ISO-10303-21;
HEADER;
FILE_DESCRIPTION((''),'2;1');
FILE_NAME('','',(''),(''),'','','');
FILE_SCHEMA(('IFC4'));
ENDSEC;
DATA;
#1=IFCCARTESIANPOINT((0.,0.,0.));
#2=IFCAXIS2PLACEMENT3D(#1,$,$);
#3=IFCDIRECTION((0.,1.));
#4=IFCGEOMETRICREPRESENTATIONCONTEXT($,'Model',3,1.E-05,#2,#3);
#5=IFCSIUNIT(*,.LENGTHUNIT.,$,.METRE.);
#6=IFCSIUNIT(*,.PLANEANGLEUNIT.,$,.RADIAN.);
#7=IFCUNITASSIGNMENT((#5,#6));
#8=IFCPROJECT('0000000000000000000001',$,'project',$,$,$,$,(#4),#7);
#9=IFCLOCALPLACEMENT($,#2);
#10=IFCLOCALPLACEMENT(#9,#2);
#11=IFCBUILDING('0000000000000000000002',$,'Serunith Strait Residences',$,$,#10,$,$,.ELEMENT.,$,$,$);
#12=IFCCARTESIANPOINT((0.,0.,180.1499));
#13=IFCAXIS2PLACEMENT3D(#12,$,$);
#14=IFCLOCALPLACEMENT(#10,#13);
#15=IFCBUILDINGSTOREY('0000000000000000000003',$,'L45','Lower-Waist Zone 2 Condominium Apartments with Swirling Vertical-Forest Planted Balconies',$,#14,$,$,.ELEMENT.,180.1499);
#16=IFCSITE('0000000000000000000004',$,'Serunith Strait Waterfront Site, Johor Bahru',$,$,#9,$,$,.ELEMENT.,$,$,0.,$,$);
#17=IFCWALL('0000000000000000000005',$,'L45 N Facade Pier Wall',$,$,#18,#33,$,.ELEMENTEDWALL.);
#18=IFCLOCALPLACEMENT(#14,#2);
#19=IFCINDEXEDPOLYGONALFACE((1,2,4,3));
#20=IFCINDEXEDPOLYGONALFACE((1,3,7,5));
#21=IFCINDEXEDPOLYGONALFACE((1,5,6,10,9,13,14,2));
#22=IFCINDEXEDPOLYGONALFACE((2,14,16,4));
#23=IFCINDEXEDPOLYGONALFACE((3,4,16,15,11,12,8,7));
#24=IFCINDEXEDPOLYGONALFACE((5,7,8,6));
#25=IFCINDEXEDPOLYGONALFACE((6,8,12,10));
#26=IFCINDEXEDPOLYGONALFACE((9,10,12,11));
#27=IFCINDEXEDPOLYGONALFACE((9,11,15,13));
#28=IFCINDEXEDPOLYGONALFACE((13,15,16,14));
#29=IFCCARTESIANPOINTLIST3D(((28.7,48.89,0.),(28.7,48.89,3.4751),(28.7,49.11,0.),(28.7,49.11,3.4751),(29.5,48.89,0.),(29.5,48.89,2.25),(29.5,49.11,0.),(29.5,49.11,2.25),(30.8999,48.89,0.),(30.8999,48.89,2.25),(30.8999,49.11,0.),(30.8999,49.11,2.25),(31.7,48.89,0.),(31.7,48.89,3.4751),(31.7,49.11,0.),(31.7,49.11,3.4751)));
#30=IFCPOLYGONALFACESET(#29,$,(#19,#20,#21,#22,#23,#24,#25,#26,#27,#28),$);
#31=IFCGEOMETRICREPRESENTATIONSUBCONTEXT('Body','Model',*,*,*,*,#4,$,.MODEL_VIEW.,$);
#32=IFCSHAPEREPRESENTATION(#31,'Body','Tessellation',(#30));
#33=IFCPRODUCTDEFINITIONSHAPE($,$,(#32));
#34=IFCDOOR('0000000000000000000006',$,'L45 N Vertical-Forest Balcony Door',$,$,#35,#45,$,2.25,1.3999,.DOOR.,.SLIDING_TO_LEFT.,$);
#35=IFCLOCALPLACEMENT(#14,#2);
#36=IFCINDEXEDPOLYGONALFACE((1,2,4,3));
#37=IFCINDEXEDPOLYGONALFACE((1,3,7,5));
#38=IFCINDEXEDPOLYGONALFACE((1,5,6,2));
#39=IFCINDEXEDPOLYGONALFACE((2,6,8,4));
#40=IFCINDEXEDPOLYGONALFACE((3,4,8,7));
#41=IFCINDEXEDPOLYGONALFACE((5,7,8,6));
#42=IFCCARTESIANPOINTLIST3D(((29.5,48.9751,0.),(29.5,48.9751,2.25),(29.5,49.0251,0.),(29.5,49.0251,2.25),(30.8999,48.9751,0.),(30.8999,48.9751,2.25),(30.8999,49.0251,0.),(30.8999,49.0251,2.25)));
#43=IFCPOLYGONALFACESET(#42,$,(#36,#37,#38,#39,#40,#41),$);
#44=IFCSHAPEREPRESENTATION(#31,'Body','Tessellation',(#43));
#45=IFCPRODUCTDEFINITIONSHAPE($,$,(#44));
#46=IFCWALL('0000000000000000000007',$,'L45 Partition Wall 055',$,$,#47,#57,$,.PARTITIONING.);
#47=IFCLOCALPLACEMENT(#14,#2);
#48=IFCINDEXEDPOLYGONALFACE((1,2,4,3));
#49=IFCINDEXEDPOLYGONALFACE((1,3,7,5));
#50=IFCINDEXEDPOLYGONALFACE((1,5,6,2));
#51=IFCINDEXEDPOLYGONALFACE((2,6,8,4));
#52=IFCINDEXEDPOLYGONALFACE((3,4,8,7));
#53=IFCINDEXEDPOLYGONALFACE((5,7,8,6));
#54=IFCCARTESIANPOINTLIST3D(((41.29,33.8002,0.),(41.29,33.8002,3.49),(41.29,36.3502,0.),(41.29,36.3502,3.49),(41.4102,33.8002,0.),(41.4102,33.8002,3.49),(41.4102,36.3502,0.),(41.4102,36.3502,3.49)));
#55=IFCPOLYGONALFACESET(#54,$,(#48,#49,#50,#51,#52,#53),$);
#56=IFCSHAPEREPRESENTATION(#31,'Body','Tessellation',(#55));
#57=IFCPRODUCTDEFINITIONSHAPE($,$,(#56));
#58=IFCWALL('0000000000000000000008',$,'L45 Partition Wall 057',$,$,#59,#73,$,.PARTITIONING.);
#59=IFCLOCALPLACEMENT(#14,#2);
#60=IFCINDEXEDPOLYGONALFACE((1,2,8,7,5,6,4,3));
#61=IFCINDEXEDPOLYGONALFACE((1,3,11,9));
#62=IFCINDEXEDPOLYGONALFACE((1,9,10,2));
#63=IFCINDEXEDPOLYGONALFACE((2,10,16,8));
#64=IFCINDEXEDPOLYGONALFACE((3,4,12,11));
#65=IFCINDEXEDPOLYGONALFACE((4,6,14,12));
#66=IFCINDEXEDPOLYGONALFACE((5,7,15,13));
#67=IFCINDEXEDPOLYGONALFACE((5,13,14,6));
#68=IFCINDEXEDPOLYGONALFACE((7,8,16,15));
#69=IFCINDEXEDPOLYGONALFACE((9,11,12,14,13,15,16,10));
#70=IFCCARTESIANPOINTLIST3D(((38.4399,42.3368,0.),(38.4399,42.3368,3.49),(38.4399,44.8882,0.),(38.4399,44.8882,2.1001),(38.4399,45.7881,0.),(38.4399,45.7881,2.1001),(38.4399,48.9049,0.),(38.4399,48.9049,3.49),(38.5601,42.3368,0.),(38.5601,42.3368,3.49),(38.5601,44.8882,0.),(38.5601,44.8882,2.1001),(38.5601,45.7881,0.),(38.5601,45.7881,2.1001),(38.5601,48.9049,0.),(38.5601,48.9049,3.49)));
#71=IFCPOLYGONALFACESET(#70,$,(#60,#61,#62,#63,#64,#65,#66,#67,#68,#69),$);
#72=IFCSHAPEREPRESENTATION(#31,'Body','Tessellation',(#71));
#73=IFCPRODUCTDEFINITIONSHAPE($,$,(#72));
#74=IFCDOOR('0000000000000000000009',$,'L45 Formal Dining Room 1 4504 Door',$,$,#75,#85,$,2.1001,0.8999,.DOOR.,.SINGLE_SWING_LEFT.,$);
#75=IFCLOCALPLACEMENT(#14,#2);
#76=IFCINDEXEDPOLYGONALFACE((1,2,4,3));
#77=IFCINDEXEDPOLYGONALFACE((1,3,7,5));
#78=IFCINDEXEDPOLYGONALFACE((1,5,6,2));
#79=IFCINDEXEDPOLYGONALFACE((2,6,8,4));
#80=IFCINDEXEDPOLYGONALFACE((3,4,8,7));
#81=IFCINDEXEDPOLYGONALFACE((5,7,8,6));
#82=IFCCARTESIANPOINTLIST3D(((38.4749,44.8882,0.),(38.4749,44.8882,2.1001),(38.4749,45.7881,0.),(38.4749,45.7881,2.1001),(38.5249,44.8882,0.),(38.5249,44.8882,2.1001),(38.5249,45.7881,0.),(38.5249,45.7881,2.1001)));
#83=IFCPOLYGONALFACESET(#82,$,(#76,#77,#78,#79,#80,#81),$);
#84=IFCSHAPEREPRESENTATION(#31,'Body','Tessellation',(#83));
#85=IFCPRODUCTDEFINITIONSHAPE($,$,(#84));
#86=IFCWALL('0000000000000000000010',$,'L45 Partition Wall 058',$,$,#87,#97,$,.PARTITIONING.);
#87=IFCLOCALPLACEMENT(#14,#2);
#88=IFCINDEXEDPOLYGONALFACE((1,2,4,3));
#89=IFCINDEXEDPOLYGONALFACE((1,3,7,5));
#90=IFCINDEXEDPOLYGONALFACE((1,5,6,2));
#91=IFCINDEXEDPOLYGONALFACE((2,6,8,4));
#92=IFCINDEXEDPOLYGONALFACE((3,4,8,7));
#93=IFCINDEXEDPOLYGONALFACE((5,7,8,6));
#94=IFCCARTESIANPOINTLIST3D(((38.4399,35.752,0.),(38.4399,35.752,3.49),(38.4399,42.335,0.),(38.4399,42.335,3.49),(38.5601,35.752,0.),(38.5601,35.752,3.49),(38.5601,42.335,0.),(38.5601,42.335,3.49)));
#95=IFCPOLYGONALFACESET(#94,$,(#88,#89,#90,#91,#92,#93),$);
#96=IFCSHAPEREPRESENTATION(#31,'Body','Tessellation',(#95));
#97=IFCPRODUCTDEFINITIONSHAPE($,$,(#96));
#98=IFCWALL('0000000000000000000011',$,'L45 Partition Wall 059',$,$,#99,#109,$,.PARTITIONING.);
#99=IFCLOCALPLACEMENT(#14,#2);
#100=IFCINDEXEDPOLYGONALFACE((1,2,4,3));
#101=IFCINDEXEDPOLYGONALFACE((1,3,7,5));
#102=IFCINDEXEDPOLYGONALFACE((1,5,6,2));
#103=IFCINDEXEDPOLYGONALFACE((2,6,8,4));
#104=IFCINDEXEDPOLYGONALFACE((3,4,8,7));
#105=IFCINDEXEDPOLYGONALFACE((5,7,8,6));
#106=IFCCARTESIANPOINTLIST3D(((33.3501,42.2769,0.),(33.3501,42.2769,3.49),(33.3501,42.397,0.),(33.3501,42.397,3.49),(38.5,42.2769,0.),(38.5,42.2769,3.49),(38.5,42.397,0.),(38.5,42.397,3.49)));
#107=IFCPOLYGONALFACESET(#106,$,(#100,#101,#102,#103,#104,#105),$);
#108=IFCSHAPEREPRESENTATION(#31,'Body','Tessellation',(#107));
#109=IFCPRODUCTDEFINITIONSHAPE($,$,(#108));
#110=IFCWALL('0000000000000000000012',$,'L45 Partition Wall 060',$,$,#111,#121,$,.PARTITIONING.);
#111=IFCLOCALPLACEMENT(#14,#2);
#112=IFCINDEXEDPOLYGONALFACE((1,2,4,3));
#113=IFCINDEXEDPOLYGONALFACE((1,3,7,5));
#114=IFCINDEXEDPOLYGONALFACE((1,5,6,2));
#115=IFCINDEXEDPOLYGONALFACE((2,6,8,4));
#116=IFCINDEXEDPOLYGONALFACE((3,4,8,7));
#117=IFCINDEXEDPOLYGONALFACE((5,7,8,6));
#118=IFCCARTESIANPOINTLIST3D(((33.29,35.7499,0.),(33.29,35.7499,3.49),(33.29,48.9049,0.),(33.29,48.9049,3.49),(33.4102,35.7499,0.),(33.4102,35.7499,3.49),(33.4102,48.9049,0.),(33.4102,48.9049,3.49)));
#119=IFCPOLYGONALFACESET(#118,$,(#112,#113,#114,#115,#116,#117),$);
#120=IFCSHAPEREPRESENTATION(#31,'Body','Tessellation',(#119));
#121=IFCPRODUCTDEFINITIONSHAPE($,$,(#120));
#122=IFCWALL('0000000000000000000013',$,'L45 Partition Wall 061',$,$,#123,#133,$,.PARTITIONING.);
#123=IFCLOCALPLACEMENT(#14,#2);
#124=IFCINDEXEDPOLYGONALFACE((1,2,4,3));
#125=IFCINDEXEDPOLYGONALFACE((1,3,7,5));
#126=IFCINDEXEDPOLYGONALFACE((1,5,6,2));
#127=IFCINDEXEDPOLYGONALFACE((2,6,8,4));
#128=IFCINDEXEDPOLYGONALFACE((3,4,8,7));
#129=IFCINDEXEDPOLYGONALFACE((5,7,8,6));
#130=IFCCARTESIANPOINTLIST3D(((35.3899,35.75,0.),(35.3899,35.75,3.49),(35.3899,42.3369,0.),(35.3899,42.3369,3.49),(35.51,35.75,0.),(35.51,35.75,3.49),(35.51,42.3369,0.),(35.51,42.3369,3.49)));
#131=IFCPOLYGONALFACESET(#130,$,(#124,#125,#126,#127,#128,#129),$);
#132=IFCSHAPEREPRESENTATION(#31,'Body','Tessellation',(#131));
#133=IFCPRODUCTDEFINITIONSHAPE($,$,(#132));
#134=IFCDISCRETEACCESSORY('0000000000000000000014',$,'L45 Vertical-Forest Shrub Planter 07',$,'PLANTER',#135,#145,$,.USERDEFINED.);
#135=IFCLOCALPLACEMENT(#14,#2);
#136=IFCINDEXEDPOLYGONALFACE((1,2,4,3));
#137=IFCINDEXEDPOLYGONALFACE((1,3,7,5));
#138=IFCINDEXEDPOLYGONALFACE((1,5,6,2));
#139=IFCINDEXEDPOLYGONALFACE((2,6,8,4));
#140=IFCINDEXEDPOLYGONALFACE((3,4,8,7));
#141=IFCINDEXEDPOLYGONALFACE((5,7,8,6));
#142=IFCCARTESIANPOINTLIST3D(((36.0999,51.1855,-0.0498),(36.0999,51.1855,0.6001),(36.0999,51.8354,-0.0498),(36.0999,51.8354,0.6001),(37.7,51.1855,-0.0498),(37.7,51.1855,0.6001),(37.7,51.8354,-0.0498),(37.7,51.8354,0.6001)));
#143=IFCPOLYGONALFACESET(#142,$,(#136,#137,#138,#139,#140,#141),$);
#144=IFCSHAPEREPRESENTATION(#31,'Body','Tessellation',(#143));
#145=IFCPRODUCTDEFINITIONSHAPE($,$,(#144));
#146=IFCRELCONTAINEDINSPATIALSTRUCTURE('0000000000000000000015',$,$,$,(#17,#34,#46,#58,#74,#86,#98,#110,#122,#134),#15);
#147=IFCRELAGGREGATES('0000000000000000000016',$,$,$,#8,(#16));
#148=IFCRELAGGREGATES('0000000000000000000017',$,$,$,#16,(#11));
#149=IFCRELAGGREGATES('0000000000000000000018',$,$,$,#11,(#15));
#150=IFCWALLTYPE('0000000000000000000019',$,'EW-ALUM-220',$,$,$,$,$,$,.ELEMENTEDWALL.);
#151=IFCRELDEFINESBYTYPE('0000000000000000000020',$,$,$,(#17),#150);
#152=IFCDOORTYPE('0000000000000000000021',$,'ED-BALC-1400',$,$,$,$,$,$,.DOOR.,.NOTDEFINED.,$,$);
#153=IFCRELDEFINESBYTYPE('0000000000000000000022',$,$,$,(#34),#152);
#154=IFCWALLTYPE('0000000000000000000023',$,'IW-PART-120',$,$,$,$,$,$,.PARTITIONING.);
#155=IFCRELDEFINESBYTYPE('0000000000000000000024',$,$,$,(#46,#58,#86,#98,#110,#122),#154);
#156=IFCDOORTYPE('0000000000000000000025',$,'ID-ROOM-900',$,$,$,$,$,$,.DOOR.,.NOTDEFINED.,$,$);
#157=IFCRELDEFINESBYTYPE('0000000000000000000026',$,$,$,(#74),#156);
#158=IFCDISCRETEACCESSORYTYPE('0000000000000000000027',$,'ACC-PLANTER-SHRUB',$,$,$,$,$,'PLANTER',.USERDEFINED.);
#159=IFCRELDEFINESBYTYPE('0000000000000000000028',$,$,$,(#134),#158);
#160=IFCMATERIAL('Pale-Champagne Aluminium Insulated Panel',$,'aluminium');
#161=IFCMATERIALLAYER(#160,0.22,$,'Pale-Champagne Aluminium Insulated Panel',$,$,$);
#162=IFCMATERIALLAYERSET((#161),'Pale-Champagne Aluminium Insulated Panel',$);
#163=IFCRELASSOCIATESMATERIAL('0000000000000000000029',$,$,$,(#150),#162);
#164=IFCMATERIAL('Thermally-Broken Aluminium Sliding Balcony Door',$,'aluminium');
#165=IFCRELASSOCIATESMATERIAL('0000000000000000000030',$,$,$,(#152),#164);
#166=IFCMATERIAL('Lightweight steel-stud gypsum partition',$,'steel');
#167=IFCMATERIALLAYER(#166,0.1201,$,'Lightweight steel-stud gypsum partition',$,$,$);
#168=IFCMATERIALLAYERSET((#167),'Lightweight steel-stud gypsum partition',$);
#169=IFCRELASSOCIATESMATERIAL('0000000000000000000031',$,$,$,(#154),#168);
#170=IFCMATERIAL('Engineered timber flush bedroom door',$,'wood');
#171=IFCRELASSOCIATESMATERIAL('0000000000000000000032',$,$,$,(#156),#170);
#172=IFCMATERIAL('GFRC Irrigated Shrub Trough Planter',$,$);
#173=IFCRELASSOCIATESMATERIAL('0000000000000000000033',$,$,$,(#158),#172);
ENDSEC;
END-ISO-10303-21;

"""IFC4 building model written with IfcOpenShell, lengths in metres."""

from ifc_helpers import new_model, si_unit, direction, frame, frame_2d, origin, origin_2d, place, context, subcontext, project, spatial, rectangle, extrude, source, transform, mapped, material, layer, layer_set, type_object, element, fill, save


model = new_model("IFC4")

# Units and contexts
model_context = context("Model", 3, precision=1e-05, world=origin(), true_north=direction((0.0, 1.0)))
body_context = subcontext(model_context, "Body", "Model", "MODEL_VIEW")
ifc_project = project(units=[si_unit("LENGTHUNIT", "METRE"), si_unit("PLANEANGLEUNIT", "RADIAN")], contexts=[model_context])

# Site, building, storey
site_placement = place(None, origin())
site = spatial("IfcSite", under=ifc_project, at=site_placement, Name="Serunith Strait Waterfront Site, Johor Bahru", CompositionType="ELEMENT", RefElevation=0.0)
building_placement = place(site_placement, origin())
building = spatial("IfcBuilding", under=site, at=building_placement, Name="Serunith Strait Residences", CompositionType="ELEMENT")
storey_placement = place(building_placement, frame((0.0, 0.0, 180.1499)))
storey = spatial("IfcBuildingStorey", under=building, at=storey_placement, Name="L45", Description="Lower-Waist Zone 2 Condominium Apartments with Swirling Vertical-Forest Planted Balconies", CompositionType="ELEMENT", Elevation=180.1499)

# Wall, opening, door
ifc_material_1 = material(Name="Pale-Champagne Aluminium Insulated Panel", Category="aluminium")
ifc_layer_1 = layer(ifc_material_1, 0.22, Name="Pale-Champagne Aluminium Insulated Panel")
ifc_layer_set_1 = layer_set([ifc_layer_1], Name="Pale-Champagne Aluminium Insulated Panel")
wall_type_1 = type_object("IfcWallType", Name="EW-ALUM-220", PredefinedType="ELEMENTEDWALL", material=ifc_layer_set_1)
wall_1_placement = place(storey_placement, frame((31.7, 49.0, 0.0), z_axis=(0.0, 0.0, 1.0), x_axis=(-1.0, 0.0, 0.0)))
wall_1 = element("IfcWall", 1, at=wall_1_placement, inside=storey, type_object=wall_type_1, Name="L45 N Facade Pier Wall", PredefinedType="ELEMENTEDWALL", context=body_context, shape_type="SweptSolid", body=[
    extrude(rectangle(XDim=3.0, YDim=0.22, at=frame_2d((1.5, 0.0))), origin(), (0.0, 0.0, 1.0), 3.4751),
])
opening_1_placement = place(wall_1_placement, frame((0.8, 0.0, 0.0)))
opening_1 = element("IfcOpeningElement", 2, at=opening_1_placement, cuts=wall_1, PredefinedType="OPENING", context=body_context, shape_type="SweptSolid", body=[
    extrude(rectangle(XDim=1.3999, YDim=2.25, at=frame_2d((0.7, 1.125))), frame((0.0, 0.1201, 0.0), z_axis=(0.0, -1.0, 0.0), x_axis=(1.0, 0.0, 0.0)), (0.0, 0.0, 1.0), 0.24),
])
ifc_material_2 = material(Name="Thermally-Broken Aluminium Sliding Balcony Door", Category="aluminium")
door_type_1 = type_object("IfcDoorType", Name="ED-BALC-1400", OperationType="NOTDEFINED", PredefinedType="DOOR", material=ifc_material_2)
shared_shape_1 = source(origin(), body_context, "Body", "SweptSolid", [
    extrude(rectangle(XDim=1.3999, YDim=2.25, at=frame_2d((0.7, 1.125))), frame((0.0, 0.0249, 0.0), z_axis=(0.0, -1.0, 0.0), x_axis=(1.0, 0.0, 0.0)), (0.0, 0.0, 1.0), 0.05),
])
door_1_placement = place(opening_1_placement, origin())
door_1 = element("IfcDoor", 3, at=door_1_placement, inside=storey, type_object=door_type_1, Name="L45 N Vertical-Forest Balcony Door", OperationType="SLIDING_TO_LEFT", OverallHeight=2.25, OverallWidth=1.3999, PredefinedType="DOOR", context=body_context, shape_type="MappedRepresentation", body=[
    mapped(shared_shape_1, transform((0.0, 0.0, 0.0), scale=1.0)),
])
fill(opening_1, door_1)

# Wall
ifc_material_3 = material(Name="Lightweight steel-stud gypsum partition", Category="steel")
ifc_layer_2 = layer(ifc_material_3, 0.1201, Name="Lightweight steel-stud gypsum partition")
ifc_layer_set_2 = layer_set([ifc_layer_2], Name="Lightweight steel-stud gypsum partition")
wall_type_2 = type_object("IfcWallType", Name="IW-PART-120", PredefinedType="PARTITIONING", material=ifc_layer_set_2)
wall_2_placement = place(storey_placement, frame((41.3501, 36.3501, 0.0), z_axis=(0.0, 0.0, 1.0), x_axis=(0.0, -1.0, 0.0)))
element("IfcWall", 4, at=wall_2_placement, inside=storey, type_object=wall_type_2, Name="L45 Partition Wall 055", PredefinedType="PARTITIONING", context=body_context, shape_type="SweptSolid", body=[
    extrude(rectangle(XDim=2.55, YDim=0.1201, at=frame_2d((1.2749, 0.0))), origin(), (0.0, 0.0, 1.0), 3.49),
])

# Wall, opening, door
wall_3_placement = place(storey_placement, frame((38.5, 48.905, 0.0), z_axis=(0.0, 0.0, 1.0), x_axis=(0.0, -1.0, 0.0)))
wall_3 = element("IfcWall", 5, at=wall_3_placement, inside=storey, type_object=wall_type_2, Name="L45 Partition Wall 057", PredefinedType="PARTITIONING", context=body_context, shape_type="SweptSolid", body=[
    extrude(rectangle(XDim=6.5681, YDim=0.1201, at=frame_2d((3.2842, 0.0))), origin(), (0.0, 0.0, 1.0), 3.49),
])
opening_2_placement = place(wall_3_placement, frame((3.1169, 0.0, 0.0)))
opening_2 = element("IfcOpeningElement", 6, at=opening_2_placement, cuts=wall_3, PredefinedType="OPENING", context=body_context, shape_type="SweptSolid", body=[
    extrude(rectangle(XDim=0.8999, YDim=2.1001, at=frame_2d((0.45, 1.05))), frame((0.0, 0.0701, 0.0), z_axis=(0.0, -1.0, 0.0), x_axis=(1.0, 0.0, 0.0)), (0.0, 0.0, 1.0), 0.1401),
])
ifc_material_4 = material(Name="Engineered timber flush bedroom door", Category="wood")
door_type_2 = type_object("IfcDoorType", Name="ID-ROOM-900", OperationType="NOTDEFINED", PredefinedType="DOOR", material=ifc_material_4)
shared_shape_2 = source(origin(), body_context, "Body", "SweptSolid", [
    extrude(rectangle(XDim=0.8999, YDim=2.1001, at=frame_2d((0.45, 1.05))), frame((0.0, 0.0249, 0.0), z_axis=(0.0, -1.0, 0.0), x_axis=(1.0, 0.0, 0.0)), (0.0, 0.0, 1.0), 0.05),
])
door_2_placement = place(opening_2_placement, origin())
door_2 = element("IfcDoor", 7, at=door_2_placement, inside=storey, type_object=door_type_2, Name="L45 Formal Dining Room 1 4504 Door", OperationType="SINGLE_SWING_LEFT", OverallHeight=2.1001, OverallWidth=0.8999, PredefinedType="DOOR", context=body_context, shape_type="MappedRepresentation", body=[
    mapped(shared_shape_2, transform((0.0, 0.0, 0.0), scale=1.0)),
])
fill(opening_2, door_2)

# Walls
wall_4_placement = place(storey_placement, frame((38.5, 42.335, 0.0), z_axis=(0.0, 0.0, 1.0), x_axis=(0.0, -1.0, 0.0)))
element("IfcWall", 8, at=wall_4_placement, inside=storey, type_object=wall_type_2, Name="L45 Partition Wall 058", PredefinedType="PARTITIONING", context=body_context, shape_type="SweptSolid", body=[
    extrude(rectangle(XDim=6.583, YDim=0.1201, at=frame_2d((3.2915, 0.0))), origin(), (0.0, 0.0, 1.0), 3.49),
])
wall_5_placement = place(storey_placement, frame((33.3501, 42.3369, 0.0), z_axis=(0.0, 0.0, 1.0), x_axis=(1.0, 0.0, 0.0)))
element("IfcWall", 9, at=wall_5_placement, inside=storey, type_object=wall_type_2, Name="L45 Partition Wall 059", PredefinedType="PARTITIONING", context=body_context, shape_type="SweptSolid", body=[
    extrude(rectangle(XDim=5.1499, YDim=0.1201, at=frame_2d((2.575, 0.0))), origin(), (0.0, 0.0, 1.0), 3.49),
])
wall_6_placement = place(storey_placement, frame((33.3501, 48.905, 0.0), z_axis=(0.0, 0.0, 1.0), x_axis=(0.0, -1.0, 0.0)))
element("IfcWall", 10, at=wall_6_placement, inside=storey, type_object=wall_type_2, Name="L45 Partition Wall 060", PredefinedType="PARTITIONING", context=body_context, shape_type="SweptSolid", body=[
    extrude(rectangle(XDim=13.155, YDim=0.1201, at=frame_2d((6.5776, 0.0))), origin(), (0.0, 0.0, 1.0), 3.49),
])
wall_7_placement = place(storey_placement, frame((35.45, 42.3369, 0.0), z_axis=(0.0, 0.0, 1.0), x_axis=(0.0, -1.0, 0.0)))
element("IfcWall", 11, at=wall_7_placement, inside=storey, type_object=wall_type_2, Name="L45 Partition Wall 061", PredefinedType="PARTITIONING", context=body_context, shape_type="SweptSolid", body=[
    extrude(rectangle(XDim=6.5869, YDim=0.1201, at=frame_2d((3.2935, 0.0))), origin(), (0.0, 0.0, 1.0), 3.49),
])

# Discrete accessory
ifc_material_5 = material(Name="GFRC Irrigated Shrub Trough Planter")
discrete_accessory_type = type_object("IfcDiscreteAccessoryType", Name="ACC-PLANTER-SHRUB", ElementType="PLANTER", PredefinedType="USERDEFINED", material=ifc_material_5)
shared_shape_3 = source(origin(), body_context, "Body", "SweptSolid", [
    extrude(rectangle(XDim=1.6001, YDim=0.6499, at=origin_2d()), origin(), (0.0, 0.0, 1.0), 0.6499),
])
discrete_accessory_placement = place(storey_placement, frame((36.8999, 51.5105, -0.0498), z_axis=(0.0, 0.0, 1.0), x_axis=(-1.0, 0.0, 0.0)))
element("IfcDiscreteAccessory", 12, at=discrete_accessory_placement, inside=storey, type_object=discrete_accessory_type, Name="L45 Vertical-Forest Shrub Planter 07", ObjectType="PLANTER", PredefinedType="USERDEFINED", context=body_context, shape_type="MappedRepresentation", body=[
    mapped(shared_shape_3, transform((0.0, 0.0, 0.0), scale=1.0)),
])

save(model, "model.ifc")
